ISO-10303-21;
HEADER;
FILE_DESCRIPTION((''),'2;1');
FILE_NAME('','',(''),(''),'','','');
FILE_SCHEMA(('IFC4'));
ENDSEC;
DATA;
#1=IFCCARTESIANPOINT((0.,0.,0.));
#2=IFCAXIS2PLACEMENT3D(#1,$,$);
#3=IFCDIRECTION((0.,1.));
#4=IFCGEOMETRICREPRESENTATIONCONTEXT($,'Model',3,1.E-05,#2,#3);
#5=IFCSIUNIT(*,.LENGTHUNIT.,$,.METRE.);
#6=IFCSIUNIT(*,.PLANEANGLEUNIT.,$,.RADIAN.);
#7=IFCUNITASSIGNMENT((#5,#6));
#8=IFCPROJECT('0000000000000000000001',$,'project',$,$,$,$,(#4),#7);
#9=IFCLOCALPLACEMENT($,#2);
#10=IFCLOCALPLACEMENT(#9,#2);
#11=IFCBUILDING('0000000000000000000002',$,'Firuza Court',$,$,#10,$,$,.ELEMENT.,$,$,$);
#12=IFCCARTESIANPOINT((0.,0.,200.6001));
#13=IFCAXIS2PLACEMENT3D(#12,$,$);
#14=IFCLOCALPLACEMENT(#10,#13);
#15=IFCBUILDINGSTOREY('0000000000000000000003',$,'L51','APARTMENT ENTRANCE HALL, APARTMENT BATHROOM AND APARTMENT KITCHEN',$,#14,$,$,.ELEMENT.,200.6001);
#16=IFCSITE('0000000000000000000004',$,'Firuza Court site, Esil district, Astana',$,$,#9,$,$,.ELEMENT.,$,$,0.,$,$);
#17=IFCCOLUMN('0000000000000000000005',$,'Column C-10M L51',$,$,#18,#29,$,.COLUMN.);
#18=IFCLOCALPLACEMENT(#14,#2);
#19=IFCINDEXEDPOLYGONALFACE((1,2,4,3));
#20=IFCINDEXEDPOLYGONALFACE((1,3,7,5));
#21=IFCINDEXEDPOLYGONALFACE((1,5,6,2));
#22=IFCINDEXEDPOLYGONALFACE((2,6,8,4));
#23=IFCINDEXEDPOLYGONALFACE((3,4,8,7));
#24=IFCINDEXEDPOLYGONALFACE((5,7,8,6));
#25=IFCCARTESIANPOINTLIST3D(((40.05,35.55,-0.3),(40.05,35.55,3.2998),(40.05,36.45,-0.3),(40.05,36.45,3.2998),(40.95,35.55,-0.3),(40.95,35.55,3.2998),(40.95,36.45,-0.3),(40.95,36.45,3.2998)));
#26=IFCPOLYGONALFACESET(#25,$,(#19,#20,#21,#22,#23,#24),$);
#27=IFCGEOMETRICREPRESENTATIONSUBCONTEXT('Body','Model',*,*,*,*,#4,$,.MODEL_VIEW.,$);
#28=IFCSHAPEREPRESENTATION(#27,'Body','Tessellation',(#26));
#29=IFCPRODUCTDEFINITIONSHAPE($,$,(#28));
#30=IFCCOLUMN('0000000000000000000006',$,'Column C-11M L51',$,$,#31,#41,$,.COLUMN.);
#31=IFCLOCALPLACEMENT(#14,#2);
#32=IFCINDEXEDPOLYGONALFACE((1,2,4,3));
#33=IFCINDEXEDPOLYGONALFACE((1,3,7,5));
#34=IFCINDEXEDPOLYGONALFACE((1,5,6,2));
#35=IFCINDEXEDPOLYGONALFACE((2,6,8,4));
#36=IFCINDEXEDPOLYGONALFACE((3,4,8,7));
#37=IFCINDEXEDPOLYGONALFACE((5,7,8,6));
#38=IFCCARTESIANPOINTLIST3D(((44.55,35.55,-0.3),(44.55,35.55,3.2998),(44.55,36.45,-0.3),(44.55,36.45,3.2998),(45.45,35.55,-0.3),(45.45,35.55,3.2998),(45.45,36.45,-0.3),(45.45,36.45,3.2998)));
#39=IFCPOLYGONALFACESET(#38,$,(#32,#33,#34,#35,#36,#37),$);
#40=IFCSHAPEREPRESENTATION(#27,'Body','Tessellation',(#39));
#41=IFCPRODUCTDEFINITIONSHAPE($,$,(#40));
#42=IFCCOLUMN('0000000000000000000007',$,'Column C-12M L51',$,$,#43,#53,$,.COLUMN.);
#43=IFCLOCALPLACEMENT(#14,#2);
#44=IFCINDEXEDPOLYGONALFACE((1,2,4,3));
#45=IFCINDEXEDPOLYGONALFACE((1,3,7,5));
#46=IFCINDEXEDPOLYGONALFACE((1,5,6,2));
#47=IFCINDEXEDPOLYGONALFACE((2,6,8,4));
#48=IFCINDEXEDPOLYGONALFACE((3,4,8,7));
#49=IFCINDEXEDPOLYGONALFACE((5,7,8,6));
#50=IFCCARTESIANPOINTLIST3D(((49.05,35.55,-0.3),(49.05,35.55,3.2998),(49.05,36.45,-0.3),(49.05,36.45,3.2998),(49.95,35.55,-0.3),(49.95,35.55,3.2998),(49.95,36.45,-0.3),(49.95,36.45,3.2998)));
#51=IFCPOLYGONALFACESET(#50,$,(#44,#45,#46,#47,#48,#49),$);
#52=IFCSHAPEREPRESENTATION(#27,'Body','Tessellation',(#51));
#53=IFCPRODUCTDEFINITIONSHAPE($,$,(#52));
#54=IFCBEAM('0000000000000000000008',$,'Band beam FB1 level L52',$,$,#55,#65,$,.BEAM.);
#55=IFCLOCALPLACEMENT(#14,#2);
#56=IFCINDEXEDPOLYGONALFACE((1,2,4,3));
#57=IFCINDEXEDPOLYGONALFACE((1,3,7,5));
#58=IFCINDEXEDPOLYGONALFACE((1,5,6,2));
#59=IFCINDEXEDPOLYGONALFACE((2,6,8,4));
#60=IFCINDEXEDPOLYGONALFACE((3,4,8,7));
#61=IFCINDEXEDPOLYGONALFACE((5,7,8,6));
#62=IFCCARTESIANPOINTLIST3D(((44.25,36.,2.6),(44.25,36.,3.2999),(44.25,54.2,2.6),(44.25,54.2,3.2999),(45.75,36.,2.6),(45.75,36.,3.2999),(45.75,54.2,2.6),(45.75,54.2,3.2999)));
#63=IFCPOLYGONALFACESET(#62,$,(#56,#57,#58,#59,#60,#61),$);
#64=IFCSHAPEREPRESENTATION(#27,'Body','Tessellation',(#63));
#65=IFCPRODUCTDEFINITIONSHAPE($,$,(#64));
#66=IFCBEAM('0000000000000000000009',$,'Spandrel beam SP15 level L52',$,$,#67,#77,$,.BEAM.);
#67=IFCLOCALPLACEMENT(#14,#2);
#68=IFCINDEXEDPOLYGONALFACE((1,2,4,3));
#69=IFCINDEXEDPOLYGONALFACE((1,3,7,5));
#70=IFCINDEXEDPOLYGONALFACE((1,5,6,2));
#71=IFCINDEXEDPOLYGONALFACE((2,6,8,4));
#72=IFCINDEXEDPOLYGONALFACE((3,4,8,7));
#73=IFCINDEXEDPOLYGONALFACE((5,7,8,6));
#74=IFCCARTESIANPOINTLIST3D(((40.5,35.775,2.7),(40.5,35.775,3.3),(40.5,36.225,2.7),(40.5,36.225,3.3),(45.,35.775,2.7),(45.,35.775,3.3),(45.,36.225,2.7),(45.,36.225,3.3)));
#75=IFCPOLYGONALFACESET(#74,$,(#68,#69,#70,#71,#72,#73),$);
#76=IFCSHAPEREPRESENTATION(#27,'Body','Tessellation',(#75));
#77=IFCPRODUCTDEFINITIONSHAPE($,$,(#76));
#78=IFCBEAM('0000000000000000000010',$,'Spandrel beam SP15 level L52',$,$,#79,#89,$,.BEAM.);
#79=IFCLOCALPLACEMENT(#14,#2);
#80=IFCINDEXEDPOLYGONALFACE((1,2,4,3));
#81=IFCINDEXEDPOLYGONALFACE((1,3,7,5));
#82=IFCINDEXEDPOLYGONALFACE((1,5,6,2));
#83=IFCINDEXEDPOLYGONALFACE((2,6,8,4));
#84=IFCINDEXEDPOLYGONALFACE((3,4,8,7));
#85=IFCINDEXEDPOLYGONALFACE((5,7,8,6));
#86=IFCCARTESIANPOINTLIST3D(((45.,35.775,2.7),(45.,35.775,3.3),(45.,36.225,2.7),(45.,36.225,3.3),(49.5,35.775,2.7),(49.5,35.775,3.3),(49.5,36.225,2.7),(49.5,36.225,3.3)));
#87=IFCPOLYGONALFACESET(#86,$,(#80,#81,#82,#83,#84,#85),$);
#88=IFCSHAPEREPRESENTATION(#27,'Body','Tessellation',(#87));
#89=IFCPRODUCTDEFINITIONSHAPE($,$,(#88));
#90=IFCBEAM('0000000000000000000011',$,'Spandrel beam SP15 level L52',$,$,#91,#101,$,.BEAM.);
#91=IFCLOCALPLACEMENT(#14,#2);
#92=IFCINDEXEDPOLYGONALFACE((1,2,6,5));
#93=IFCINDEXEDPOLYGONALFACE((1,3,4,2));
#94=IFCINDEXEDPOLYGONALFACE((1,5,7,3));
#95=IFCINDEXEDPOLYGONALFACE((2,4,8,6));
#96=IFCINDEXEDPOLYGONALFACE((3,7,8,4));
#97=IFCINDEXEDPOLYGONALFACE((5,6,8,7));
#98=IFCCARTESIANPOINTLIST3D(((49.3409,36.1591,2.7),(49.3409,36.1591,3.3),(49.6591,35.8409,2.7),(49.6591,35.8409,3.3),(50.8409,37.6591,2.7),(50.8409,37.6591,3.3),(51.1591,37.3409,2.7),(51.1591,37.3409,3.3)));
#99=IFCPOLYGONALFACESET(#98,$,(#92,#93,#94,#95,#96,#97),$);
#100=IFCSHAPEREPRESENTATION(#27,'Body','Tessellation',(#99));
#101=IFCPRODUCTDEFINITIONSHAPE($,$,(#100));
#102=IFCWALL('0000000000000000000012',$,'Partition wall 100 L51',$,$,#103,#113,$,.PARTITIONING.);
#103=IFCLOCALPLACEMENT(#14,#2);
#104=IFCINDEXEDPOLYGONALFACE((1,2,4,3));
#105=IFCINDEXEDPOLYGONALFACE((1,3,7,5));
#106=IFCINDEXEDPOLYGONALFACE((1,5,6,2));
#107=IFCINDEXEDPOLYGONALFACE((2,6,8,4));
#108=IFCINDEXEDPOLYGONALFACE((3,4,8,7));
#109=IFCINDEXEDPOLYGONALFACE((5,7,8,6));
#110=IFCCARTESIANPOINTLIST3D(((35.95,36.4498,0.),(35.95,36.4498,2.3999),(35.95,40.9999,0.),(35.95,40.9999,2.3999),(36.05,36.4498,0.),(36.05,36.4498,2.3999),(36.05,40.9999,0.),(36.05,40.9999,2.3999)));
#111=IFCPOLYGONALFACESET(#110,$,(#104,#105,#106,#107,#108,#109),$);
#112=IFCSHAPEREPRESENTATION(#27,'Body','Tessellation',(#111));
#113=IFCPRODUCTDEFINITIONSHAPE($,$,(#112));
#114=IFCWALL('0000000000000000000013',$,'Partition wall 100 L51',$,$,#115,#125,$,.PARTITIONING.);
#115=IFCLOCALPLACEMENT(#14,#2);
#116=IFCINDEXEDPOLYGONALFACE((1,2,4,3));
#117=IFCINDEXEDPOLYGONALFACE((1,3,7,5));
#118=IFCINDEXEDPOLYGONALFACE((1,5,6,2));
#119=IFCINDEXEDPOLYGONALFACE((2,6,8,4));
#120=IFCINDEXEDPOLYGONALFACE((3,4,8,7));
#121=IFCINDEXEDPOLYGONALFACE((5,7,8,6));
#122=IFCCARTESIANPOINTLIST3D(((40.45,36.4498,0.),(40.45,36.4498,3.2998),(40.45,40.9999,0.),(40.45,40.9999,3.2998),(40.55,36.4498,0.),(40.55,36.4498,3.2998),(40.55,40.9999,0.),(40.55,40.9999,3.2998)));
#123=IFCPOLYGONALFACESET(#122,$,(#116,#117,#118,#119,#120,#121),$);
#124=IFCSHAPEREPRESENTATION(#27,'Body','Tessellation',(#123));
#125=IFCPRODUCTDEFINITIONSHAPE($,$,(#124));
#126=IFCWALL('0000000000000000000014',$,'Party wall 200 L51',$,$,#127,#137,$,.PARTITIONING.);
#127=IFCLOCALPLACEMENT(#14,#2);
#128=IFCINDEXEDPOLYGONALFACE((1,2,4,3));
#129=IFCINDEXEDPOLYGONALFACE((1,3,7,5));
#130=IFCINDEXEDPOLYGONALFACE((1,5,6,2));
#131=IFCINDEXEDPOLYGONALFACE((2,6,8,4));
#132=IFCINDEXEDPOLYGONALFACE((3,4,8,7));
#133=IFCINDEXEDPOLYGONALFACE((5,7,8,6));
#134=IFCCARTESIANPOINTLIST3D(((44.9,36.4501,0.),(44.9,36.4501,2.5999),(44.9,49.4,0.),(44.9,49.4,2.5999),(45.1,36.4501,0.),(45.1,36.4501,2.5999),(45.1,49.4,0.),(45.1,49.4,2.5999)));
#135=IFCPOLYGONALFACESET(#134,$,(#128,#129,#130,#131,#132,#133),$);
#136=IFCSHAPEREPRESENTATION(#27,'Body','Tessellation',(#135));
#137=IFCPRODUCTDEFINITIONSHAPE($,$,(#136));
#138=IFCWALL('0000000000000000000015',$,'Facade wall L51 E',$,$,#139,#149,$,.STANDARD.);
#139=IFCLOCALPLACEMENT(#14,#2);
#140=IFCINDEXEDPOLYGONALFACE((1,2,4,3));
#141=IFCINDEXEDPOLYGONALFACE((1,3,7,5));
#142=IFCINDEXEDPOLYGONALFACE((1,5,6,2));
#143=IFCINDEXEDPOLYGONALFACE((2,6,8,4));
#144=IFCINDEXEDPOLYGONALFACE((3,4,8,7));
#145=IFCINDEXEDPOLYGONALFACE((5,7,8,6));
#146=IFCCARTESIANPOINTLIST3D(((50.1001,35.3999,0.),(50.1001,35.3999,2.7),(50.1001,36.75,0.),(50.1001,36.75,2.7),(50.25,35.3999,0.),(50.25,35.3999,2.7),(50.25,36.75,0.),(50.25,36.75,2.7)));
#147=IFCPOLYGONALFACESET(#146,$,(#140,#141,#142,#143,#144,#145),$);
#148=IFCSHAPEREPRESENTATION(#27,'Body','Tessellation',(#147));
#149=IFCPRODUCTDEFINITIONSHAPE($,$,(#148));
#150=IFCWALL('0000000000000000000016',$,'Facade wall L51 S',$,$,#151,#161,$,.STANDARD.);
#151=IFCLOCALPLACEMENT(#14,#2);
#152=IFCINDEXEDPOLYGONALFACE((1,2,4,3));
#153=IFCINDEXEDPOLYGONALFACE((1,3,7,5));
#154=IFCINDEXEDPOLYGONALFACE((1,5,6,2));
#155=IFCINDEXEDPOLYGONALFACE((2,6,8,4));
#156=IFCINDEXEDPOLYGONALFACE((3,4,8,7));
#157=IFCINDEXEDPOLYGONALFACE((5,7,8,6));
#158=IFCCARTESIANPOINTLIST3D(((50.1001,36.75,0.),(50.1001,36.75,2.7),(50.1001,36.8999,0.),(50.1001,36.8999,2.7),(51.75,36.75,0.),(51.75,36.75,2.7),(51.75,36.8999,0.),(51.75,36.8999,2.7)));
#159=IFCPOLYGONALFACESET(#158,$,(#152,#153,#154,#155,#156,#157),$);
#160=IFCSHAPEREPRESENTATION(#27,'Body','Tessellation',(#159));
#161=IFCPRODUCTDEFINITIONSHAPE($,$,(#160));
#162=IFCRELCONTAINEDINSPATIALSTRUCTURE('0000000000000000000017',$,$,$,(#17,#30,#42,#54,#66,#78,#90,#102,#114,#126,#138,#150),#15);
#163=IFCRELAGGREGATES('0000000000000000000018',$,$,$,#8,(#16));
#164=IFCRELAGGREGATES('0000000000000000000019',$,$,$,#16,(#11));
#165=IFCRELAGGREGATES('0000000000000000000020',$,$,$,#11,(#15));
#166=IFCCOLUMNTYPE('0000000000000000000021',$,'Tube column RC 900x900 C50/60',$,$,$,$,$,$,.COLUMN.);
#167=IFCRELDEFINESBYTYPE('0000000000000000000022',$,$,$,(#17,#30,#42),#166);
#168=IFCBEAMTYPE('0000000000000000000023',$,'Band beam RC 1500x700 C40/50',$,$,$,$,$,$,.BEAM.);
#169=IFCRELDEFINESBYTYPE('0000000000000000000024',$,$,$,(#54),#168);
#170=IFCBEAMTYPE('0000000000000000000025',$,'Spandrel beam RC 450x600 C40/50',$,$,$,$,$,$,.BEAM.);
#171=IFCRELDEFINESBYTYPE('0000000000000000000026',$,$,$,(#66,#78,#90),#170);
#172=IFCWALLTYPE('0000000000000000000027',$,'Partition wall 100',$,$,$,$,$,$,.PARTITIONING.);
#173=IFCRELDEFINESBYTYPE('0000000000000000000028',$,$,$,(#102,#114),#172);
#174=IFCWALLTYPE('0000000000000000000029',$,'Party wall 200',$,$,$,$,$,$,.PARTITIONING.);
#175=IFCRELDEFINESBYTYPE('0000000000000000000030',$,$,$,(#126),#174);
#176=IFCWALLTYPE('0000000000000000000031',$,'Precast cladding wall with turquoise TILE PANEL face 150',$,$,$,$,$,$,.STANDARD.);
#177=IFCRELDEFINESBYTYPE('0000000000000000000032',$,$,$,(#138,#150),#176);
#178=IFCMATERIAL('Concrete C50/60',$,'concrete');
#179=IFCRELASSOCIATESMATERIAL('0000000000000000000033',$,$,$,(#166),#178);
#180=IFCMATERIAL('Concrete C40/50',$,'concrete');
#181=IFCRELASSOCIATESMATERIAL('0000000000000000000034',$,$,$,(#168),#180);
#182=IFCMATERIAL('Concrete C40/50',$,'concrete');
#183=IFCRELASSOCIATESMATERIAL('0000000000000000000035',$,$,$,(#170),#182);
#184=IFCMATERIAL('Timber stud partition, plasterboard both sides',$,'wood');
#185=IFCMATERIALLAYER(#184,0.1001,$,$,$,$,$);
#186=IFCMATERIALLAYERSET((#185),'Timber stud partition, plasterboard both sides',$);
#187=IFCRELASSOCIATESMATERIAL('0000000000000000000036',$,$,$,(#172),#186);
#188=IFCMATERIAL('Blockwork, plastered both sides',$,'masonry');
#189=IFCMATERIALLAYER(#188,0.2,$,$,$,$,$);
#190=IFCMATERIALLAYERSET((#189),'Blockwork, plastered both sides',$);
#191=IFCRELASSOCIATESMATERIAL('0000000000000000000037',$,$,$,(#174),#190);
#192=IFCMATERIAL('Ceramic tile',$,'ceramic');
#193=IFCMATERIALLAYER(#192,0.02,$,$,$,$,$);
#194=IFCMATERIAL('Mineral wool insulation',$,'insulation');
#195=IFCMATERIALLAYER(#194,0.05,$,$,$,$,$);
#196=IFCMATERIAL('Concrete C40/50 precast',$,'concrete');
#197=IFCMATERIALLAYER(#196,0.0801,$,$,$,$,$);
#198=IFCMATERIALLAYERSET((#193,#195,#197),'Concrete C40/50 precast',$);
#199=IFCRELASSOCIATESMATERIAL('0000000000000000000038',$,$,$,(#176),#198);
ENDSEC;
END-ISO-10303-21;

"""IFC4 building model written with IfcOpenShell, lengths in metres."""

from ifc_helpers import new_model, si_unit, direction, frame, frame_2d, origin, origin_2d, place, context, subcontext, project, spatial, rectangle, extrude, material, layer, layer_set, material_profile, profile_set, type_object, element, save


model = new_model("IFC4")

# Units and contexts
model_context = context("Model", 3, precision=1e-05, world=origin(), true_north=direction((0.0, 1.0)))
body_context = subcontext(model_context, "Body", "Model", "MODEL_VIEW")
ifc_project = project(units=[si_unit("LENGTHUNIT", "METRE"), si_unit("PLANEANGLEUNIT", "RADIAN")], contexts=[model_context])

# Site, building, storey
site_placement = place(None, origin())
site = spatial("IfcSite", under=ifc_project, at=site_placement, Name="Firuza Court site, Esil district, Astana", CompositionType="ELEMENT", RefElevation=0.0)
building_placement = place(site_placement, origin())
building = spatial("IfcBuilding", under=site, at=building_placement, Name="Firuza Court", CompositionType="ELEMENT")
storey_placement = place(building_placement, frame((0.0, 0.0, 200.6001)))
storey = spatial("IfcBuildingStorey", under=building, at=storey_placement, Name="L51", Description="APARTMENT ENTRANCE HALL, APARTMENT BATHROOM AND APARTMENT KITCHEN", CompositionType="ELEMENT", Elevation=200.6001)

# Columns
ifc_material_1 = material(Name="Concrete C50/60", Category="concrete")
ifc_material_profile_1 = material_profile(ifc_material_1, rectangle(XDim=0.8999, YDim=0.8999, at=origin_2d()), Name="RC 900x900")
ifc_profile_set_1 = profile_set([ifc_material_profile_1], Name="Concrete C50/60")
column_type = type_object("IfcColumnType", Name="Tube column RC 900x900 C50/60", PredefinedType="COLUMN", material=ifc_profile_set_1)
for number, where, z_axis, x_axis, name in (
    (1, (40.5, 36.0, -0.3), (0.0, 0.0, 1.0), (1.0, 0.0, 0.0), "Column C-10M L51"),
    (2, (45.0, 36.0, -0.3), (0.0, 0.0, 1.0), (1.0, 0.0, 0.0), "Column C-11M L51"),
    (3, (49.5, 36.0, -0.3), (0.0, 0.0, 1.0), (1.0, 0.0, 0.0), "Column C-12M L51"),
):
    element("IfcColumn", number, at=place(storey_placement, frame(where, z_axis=z_axis, x_axis=x_axis)), inside=storey, type_object=column_type, Name=name, PredefinedType="COLUMN", context=body_context, shape_type="SweptSolid", body=[
        extrude(rectangle(XDim=0.8999, YDim=0.8999, at=origin_2d()), origin(), (0.0, 0.0, 1.0), 3.5999),
    ])

# Beams
ifc_material_2 = material(Name="Concrete C40/50", Category="concrete")
ifc_material_profile_2 = material_profile(ifc_material_2, rectangle(XDim=1.5, YDim=0.7, at=origin_2d()), Name="RC 1500x700")
ifc_profile_set_2 = profile_set([ifc_material_profile_2], Name="Concrete C40/50")
beam_type_1 = type_object("IfcBeamType", Name="Band beam RC 1500x700 C40/50", PredefinedType="BEAM", material=ifc_profile_set_2)
beam_1_placement = place(storey_placement, frame((45.0, 36.0, 2.95), z_axis=(0.0, 1.0, 0.0), x_axis=(-1.0, 0.0, 0.0)))
element("IfcBeam", 4, at=beam_1_placement, inside=storey, type_object=beam_type_1, Name="Band beam FB1 level L52", PredefinedType="BEAM", context=body_context, shape_type="SweptSolid", body=[
    extrude(rectangle(XDim=1.5, YDim=0.7, at=origin_2d()), origin(), (0.0, 0.0, 1.0), 18.2),
])
ifc_material_3 = material(Name="Concrete C40/50", Category="concrete")
ifc_material_profile_3 = material_profile(ifc_material_3, rectangle(XDim=0.45, YDim=0.6001, at=origin_2d()), Name="RC 450x600")
ifc_profile_set_3 = profile_set([ifc_material_profile_3], Name="Concrete C40/50")
beam_type_2 = type_object("IfcBeamType", Name="Spandrel beam RC 450x600 C40/50", PredefinedType="BEAM", material=ifc_profile_set_3)
for number, where, z_axis, x_axis, name in (
    (5, (40.5, 36.0, 3.0), (1.0, 0.0, 0.0), (0.0, 1.0, 0.0), "Spandrel beam SP15 level L52"),
    (6, (45.0, 36.0, 3.0), (1.0, 0.0, 0.0), (0.0, 1.0, 0.0), "Spandrel beam SP15 level L52"),
):
    element("IfcBeam", number, at=place(storey_placement, frame(where, z_axis=z_axis, x_axis=x_axis)), inside=storey, type_object=beam_type_2, Name=name, PredefinedType="BEAM", context=body_context, shape_type="SweptSolid", body=[
        extrude(rectangle(XDim=0.45, YDim=0.6001, at=origin_2d()), origin(), (0.0, 0.0, 1.0), 4.5),
    ])
beam_2_placement = place(storey_placement, frame((49.5, 36.0, 3.0), z_axis=(0.707107, 0.707107, 0.0), x_axis=(-0.707107, 0.707107, 0.0)))
element("IfcBeam", 7, at=beam_2_placement, inside=storey, type_object=beam_type_2, Name="Spandrel beam SP15 level L52", PredefinedType="BEAM", context=body_context, shape_type="SweptSolid", body=[
    extrude(rectangle(XDim=0.45, YDim=0.6001, at=origin_2d()), origin(), (0.0, 0.0, 1.0), 2.1213),
])

# Walls
ifc_material_4 = material(Name="Timber stud partition, plasterboard both sides", Category="wood")
ifc_layer_1 = layer(ifc_material_4, 0.1001)
ifc_layer_set_1 = layer_set([ifc_layer_1], Name="Timber stud partition, plasterboard both sides")
wall_type_1 = type_object("IfcWallType", Name="Partition wall 100", PredefinedType="PARTITIONING", material=ifc_layer_set_1)
wall_1_placement = place(storey_placement, frame((36.0, 36.45, 0.0), z_axis=(0.0, 0.0, 1.0), x_axis=(0.0, 1.0, 0.0)))
element("IfcWall", 8, at=wall_1_placement, inside=storey, type_object=wall_type_1, Name="Partition wall 100 L51", PredefinedType="PARTITIONING", context=body_context, shape_type="SweptSolid", body=[
    extrude(rectangle(XDim=4.55, YDim=0.1001, at=frame_2d((2.2749, 0.0))), origin(), (0.0, 0.0, 1.0), 2.3999),
])
wall_2_placement = place(storey_placement, frame((40.5, 36.45, 0.0), z_axis=(0.0, 0.0, 1.0), x_axis=(0.0, 1.0, 0.0)))
element("IfcWall", 9, at=wall_2_placement, inside=storey, type_object=wall_type_1, Name="Partition wall 100 L51", PredefinedType="PARTITIONING", context=body_context, shape_type="SweptSolid", body=[
    extrude(rectangle(XDim=4.55, YDim=0.1001, at=frame_2d((2.2749, 0.0))), origin(), (0.0, 0.0, 1.0), 3.2998),
])
ifc_material_5 = material(Name="Blockwork, plastered both sides", Category="masonry")
ifc_layer_2 = layer(ifc_material_5, 0.2)
ifc_layer_set_2 = layer_set([ifc_layer_2], Name="Blockwork, plastered both sides")
wall_type_2 = type_object("IfcWallType", Name="Party wall 200", PredefinedType="PARTITIONING", material=ifc_layer_set_2)
wall_3_placement = place(storey_placement, frame((45.0, 36.45, 0.0), z_axis=(0.0, 0.0, 1.0), x_axis=(0.0, 1.0, 0.0)))
element("IfcWall", 10, at=wall_3_placement, inside=storey, type_object=wall_type_2, Name="Party wall 200 L51", PredefinedType="PARTITIONING", context=body_context, shape_type="SweptSolid", body=[
    extrude(rectangle(XDim=12.95, YDim=0.2, at=frame_2d((6.4751, 0.0))), origin(), (0.0, 0.0, 1.0), 2.5999),
])
ifc_material_6 = material(Name="Ceramic tile", Category="ceramic")
ifc_layer_3 = layer(ifc_material_6, 0.02)
ifc_material_7 = material(Name="Mineral wool insulation", Category="insulation")
ifc_layer_4 = layer(ifc_material_7, 0.05)
ifc_material_8 = material(Name="Concrete C40/50 precast", Category="concrete")
ifc_layer_5 = layer(ifc_material_8, 0.0801)
ifc_layer_set_3 = layer_set([ifc_layer_3, ifc_layer_4, ifc_layer_5], Name="Concrete C40/50 precast")
wall_type_3 = type_object("IfcWallType", Name="Precast cladding wall with turquoise TILE PANEL face 150", PredefinedType="STANDARD", material=ifc_layer_set_3)
wall_4_placement = place(storey_placement, frame((50.175, 35.3999, 0.0), z_axis=(0.0, 0.0, 1.0), x_axis=(0.0, 1.0, 0.0)))
element("IfcWall", 11, at=wall_4_placement, inside=storey, type_object=wall_type_3, Name="Facade wall L51 E", PredefinedType="STANDARD", context=body_context, shape_type="SweptSolid", body=[
    extrude(rectangle(XDim=1.3501, YDim=0.1499, at=frame_2d((0.675, 0.0))), origin(), (0.0, 0.0, 1.0), 2.7),
])
wall_5_placement = place(storey_placement, frame((50.1001, 36.825, 0.0), z_axis=(0.0, 0.0, 1.0), x_axis=(1.0, 0.0, 0.0)))
element("IfcWall", 12, at=wall_5_placement, inside=storey, type_object=wall_type_3, Name="Facade wall L51 S", PredefinedType="STANDARD", context=body_context, shape_type="SweptSolid", body=[
    extrude(rectangle(XDim=1.6499, YDim=0.1499, at=frame_2d((0.825, 0.0))), origin(), (0.0, 0.0, 1.0), 2.7),
])

save(model, "model.ifc")
